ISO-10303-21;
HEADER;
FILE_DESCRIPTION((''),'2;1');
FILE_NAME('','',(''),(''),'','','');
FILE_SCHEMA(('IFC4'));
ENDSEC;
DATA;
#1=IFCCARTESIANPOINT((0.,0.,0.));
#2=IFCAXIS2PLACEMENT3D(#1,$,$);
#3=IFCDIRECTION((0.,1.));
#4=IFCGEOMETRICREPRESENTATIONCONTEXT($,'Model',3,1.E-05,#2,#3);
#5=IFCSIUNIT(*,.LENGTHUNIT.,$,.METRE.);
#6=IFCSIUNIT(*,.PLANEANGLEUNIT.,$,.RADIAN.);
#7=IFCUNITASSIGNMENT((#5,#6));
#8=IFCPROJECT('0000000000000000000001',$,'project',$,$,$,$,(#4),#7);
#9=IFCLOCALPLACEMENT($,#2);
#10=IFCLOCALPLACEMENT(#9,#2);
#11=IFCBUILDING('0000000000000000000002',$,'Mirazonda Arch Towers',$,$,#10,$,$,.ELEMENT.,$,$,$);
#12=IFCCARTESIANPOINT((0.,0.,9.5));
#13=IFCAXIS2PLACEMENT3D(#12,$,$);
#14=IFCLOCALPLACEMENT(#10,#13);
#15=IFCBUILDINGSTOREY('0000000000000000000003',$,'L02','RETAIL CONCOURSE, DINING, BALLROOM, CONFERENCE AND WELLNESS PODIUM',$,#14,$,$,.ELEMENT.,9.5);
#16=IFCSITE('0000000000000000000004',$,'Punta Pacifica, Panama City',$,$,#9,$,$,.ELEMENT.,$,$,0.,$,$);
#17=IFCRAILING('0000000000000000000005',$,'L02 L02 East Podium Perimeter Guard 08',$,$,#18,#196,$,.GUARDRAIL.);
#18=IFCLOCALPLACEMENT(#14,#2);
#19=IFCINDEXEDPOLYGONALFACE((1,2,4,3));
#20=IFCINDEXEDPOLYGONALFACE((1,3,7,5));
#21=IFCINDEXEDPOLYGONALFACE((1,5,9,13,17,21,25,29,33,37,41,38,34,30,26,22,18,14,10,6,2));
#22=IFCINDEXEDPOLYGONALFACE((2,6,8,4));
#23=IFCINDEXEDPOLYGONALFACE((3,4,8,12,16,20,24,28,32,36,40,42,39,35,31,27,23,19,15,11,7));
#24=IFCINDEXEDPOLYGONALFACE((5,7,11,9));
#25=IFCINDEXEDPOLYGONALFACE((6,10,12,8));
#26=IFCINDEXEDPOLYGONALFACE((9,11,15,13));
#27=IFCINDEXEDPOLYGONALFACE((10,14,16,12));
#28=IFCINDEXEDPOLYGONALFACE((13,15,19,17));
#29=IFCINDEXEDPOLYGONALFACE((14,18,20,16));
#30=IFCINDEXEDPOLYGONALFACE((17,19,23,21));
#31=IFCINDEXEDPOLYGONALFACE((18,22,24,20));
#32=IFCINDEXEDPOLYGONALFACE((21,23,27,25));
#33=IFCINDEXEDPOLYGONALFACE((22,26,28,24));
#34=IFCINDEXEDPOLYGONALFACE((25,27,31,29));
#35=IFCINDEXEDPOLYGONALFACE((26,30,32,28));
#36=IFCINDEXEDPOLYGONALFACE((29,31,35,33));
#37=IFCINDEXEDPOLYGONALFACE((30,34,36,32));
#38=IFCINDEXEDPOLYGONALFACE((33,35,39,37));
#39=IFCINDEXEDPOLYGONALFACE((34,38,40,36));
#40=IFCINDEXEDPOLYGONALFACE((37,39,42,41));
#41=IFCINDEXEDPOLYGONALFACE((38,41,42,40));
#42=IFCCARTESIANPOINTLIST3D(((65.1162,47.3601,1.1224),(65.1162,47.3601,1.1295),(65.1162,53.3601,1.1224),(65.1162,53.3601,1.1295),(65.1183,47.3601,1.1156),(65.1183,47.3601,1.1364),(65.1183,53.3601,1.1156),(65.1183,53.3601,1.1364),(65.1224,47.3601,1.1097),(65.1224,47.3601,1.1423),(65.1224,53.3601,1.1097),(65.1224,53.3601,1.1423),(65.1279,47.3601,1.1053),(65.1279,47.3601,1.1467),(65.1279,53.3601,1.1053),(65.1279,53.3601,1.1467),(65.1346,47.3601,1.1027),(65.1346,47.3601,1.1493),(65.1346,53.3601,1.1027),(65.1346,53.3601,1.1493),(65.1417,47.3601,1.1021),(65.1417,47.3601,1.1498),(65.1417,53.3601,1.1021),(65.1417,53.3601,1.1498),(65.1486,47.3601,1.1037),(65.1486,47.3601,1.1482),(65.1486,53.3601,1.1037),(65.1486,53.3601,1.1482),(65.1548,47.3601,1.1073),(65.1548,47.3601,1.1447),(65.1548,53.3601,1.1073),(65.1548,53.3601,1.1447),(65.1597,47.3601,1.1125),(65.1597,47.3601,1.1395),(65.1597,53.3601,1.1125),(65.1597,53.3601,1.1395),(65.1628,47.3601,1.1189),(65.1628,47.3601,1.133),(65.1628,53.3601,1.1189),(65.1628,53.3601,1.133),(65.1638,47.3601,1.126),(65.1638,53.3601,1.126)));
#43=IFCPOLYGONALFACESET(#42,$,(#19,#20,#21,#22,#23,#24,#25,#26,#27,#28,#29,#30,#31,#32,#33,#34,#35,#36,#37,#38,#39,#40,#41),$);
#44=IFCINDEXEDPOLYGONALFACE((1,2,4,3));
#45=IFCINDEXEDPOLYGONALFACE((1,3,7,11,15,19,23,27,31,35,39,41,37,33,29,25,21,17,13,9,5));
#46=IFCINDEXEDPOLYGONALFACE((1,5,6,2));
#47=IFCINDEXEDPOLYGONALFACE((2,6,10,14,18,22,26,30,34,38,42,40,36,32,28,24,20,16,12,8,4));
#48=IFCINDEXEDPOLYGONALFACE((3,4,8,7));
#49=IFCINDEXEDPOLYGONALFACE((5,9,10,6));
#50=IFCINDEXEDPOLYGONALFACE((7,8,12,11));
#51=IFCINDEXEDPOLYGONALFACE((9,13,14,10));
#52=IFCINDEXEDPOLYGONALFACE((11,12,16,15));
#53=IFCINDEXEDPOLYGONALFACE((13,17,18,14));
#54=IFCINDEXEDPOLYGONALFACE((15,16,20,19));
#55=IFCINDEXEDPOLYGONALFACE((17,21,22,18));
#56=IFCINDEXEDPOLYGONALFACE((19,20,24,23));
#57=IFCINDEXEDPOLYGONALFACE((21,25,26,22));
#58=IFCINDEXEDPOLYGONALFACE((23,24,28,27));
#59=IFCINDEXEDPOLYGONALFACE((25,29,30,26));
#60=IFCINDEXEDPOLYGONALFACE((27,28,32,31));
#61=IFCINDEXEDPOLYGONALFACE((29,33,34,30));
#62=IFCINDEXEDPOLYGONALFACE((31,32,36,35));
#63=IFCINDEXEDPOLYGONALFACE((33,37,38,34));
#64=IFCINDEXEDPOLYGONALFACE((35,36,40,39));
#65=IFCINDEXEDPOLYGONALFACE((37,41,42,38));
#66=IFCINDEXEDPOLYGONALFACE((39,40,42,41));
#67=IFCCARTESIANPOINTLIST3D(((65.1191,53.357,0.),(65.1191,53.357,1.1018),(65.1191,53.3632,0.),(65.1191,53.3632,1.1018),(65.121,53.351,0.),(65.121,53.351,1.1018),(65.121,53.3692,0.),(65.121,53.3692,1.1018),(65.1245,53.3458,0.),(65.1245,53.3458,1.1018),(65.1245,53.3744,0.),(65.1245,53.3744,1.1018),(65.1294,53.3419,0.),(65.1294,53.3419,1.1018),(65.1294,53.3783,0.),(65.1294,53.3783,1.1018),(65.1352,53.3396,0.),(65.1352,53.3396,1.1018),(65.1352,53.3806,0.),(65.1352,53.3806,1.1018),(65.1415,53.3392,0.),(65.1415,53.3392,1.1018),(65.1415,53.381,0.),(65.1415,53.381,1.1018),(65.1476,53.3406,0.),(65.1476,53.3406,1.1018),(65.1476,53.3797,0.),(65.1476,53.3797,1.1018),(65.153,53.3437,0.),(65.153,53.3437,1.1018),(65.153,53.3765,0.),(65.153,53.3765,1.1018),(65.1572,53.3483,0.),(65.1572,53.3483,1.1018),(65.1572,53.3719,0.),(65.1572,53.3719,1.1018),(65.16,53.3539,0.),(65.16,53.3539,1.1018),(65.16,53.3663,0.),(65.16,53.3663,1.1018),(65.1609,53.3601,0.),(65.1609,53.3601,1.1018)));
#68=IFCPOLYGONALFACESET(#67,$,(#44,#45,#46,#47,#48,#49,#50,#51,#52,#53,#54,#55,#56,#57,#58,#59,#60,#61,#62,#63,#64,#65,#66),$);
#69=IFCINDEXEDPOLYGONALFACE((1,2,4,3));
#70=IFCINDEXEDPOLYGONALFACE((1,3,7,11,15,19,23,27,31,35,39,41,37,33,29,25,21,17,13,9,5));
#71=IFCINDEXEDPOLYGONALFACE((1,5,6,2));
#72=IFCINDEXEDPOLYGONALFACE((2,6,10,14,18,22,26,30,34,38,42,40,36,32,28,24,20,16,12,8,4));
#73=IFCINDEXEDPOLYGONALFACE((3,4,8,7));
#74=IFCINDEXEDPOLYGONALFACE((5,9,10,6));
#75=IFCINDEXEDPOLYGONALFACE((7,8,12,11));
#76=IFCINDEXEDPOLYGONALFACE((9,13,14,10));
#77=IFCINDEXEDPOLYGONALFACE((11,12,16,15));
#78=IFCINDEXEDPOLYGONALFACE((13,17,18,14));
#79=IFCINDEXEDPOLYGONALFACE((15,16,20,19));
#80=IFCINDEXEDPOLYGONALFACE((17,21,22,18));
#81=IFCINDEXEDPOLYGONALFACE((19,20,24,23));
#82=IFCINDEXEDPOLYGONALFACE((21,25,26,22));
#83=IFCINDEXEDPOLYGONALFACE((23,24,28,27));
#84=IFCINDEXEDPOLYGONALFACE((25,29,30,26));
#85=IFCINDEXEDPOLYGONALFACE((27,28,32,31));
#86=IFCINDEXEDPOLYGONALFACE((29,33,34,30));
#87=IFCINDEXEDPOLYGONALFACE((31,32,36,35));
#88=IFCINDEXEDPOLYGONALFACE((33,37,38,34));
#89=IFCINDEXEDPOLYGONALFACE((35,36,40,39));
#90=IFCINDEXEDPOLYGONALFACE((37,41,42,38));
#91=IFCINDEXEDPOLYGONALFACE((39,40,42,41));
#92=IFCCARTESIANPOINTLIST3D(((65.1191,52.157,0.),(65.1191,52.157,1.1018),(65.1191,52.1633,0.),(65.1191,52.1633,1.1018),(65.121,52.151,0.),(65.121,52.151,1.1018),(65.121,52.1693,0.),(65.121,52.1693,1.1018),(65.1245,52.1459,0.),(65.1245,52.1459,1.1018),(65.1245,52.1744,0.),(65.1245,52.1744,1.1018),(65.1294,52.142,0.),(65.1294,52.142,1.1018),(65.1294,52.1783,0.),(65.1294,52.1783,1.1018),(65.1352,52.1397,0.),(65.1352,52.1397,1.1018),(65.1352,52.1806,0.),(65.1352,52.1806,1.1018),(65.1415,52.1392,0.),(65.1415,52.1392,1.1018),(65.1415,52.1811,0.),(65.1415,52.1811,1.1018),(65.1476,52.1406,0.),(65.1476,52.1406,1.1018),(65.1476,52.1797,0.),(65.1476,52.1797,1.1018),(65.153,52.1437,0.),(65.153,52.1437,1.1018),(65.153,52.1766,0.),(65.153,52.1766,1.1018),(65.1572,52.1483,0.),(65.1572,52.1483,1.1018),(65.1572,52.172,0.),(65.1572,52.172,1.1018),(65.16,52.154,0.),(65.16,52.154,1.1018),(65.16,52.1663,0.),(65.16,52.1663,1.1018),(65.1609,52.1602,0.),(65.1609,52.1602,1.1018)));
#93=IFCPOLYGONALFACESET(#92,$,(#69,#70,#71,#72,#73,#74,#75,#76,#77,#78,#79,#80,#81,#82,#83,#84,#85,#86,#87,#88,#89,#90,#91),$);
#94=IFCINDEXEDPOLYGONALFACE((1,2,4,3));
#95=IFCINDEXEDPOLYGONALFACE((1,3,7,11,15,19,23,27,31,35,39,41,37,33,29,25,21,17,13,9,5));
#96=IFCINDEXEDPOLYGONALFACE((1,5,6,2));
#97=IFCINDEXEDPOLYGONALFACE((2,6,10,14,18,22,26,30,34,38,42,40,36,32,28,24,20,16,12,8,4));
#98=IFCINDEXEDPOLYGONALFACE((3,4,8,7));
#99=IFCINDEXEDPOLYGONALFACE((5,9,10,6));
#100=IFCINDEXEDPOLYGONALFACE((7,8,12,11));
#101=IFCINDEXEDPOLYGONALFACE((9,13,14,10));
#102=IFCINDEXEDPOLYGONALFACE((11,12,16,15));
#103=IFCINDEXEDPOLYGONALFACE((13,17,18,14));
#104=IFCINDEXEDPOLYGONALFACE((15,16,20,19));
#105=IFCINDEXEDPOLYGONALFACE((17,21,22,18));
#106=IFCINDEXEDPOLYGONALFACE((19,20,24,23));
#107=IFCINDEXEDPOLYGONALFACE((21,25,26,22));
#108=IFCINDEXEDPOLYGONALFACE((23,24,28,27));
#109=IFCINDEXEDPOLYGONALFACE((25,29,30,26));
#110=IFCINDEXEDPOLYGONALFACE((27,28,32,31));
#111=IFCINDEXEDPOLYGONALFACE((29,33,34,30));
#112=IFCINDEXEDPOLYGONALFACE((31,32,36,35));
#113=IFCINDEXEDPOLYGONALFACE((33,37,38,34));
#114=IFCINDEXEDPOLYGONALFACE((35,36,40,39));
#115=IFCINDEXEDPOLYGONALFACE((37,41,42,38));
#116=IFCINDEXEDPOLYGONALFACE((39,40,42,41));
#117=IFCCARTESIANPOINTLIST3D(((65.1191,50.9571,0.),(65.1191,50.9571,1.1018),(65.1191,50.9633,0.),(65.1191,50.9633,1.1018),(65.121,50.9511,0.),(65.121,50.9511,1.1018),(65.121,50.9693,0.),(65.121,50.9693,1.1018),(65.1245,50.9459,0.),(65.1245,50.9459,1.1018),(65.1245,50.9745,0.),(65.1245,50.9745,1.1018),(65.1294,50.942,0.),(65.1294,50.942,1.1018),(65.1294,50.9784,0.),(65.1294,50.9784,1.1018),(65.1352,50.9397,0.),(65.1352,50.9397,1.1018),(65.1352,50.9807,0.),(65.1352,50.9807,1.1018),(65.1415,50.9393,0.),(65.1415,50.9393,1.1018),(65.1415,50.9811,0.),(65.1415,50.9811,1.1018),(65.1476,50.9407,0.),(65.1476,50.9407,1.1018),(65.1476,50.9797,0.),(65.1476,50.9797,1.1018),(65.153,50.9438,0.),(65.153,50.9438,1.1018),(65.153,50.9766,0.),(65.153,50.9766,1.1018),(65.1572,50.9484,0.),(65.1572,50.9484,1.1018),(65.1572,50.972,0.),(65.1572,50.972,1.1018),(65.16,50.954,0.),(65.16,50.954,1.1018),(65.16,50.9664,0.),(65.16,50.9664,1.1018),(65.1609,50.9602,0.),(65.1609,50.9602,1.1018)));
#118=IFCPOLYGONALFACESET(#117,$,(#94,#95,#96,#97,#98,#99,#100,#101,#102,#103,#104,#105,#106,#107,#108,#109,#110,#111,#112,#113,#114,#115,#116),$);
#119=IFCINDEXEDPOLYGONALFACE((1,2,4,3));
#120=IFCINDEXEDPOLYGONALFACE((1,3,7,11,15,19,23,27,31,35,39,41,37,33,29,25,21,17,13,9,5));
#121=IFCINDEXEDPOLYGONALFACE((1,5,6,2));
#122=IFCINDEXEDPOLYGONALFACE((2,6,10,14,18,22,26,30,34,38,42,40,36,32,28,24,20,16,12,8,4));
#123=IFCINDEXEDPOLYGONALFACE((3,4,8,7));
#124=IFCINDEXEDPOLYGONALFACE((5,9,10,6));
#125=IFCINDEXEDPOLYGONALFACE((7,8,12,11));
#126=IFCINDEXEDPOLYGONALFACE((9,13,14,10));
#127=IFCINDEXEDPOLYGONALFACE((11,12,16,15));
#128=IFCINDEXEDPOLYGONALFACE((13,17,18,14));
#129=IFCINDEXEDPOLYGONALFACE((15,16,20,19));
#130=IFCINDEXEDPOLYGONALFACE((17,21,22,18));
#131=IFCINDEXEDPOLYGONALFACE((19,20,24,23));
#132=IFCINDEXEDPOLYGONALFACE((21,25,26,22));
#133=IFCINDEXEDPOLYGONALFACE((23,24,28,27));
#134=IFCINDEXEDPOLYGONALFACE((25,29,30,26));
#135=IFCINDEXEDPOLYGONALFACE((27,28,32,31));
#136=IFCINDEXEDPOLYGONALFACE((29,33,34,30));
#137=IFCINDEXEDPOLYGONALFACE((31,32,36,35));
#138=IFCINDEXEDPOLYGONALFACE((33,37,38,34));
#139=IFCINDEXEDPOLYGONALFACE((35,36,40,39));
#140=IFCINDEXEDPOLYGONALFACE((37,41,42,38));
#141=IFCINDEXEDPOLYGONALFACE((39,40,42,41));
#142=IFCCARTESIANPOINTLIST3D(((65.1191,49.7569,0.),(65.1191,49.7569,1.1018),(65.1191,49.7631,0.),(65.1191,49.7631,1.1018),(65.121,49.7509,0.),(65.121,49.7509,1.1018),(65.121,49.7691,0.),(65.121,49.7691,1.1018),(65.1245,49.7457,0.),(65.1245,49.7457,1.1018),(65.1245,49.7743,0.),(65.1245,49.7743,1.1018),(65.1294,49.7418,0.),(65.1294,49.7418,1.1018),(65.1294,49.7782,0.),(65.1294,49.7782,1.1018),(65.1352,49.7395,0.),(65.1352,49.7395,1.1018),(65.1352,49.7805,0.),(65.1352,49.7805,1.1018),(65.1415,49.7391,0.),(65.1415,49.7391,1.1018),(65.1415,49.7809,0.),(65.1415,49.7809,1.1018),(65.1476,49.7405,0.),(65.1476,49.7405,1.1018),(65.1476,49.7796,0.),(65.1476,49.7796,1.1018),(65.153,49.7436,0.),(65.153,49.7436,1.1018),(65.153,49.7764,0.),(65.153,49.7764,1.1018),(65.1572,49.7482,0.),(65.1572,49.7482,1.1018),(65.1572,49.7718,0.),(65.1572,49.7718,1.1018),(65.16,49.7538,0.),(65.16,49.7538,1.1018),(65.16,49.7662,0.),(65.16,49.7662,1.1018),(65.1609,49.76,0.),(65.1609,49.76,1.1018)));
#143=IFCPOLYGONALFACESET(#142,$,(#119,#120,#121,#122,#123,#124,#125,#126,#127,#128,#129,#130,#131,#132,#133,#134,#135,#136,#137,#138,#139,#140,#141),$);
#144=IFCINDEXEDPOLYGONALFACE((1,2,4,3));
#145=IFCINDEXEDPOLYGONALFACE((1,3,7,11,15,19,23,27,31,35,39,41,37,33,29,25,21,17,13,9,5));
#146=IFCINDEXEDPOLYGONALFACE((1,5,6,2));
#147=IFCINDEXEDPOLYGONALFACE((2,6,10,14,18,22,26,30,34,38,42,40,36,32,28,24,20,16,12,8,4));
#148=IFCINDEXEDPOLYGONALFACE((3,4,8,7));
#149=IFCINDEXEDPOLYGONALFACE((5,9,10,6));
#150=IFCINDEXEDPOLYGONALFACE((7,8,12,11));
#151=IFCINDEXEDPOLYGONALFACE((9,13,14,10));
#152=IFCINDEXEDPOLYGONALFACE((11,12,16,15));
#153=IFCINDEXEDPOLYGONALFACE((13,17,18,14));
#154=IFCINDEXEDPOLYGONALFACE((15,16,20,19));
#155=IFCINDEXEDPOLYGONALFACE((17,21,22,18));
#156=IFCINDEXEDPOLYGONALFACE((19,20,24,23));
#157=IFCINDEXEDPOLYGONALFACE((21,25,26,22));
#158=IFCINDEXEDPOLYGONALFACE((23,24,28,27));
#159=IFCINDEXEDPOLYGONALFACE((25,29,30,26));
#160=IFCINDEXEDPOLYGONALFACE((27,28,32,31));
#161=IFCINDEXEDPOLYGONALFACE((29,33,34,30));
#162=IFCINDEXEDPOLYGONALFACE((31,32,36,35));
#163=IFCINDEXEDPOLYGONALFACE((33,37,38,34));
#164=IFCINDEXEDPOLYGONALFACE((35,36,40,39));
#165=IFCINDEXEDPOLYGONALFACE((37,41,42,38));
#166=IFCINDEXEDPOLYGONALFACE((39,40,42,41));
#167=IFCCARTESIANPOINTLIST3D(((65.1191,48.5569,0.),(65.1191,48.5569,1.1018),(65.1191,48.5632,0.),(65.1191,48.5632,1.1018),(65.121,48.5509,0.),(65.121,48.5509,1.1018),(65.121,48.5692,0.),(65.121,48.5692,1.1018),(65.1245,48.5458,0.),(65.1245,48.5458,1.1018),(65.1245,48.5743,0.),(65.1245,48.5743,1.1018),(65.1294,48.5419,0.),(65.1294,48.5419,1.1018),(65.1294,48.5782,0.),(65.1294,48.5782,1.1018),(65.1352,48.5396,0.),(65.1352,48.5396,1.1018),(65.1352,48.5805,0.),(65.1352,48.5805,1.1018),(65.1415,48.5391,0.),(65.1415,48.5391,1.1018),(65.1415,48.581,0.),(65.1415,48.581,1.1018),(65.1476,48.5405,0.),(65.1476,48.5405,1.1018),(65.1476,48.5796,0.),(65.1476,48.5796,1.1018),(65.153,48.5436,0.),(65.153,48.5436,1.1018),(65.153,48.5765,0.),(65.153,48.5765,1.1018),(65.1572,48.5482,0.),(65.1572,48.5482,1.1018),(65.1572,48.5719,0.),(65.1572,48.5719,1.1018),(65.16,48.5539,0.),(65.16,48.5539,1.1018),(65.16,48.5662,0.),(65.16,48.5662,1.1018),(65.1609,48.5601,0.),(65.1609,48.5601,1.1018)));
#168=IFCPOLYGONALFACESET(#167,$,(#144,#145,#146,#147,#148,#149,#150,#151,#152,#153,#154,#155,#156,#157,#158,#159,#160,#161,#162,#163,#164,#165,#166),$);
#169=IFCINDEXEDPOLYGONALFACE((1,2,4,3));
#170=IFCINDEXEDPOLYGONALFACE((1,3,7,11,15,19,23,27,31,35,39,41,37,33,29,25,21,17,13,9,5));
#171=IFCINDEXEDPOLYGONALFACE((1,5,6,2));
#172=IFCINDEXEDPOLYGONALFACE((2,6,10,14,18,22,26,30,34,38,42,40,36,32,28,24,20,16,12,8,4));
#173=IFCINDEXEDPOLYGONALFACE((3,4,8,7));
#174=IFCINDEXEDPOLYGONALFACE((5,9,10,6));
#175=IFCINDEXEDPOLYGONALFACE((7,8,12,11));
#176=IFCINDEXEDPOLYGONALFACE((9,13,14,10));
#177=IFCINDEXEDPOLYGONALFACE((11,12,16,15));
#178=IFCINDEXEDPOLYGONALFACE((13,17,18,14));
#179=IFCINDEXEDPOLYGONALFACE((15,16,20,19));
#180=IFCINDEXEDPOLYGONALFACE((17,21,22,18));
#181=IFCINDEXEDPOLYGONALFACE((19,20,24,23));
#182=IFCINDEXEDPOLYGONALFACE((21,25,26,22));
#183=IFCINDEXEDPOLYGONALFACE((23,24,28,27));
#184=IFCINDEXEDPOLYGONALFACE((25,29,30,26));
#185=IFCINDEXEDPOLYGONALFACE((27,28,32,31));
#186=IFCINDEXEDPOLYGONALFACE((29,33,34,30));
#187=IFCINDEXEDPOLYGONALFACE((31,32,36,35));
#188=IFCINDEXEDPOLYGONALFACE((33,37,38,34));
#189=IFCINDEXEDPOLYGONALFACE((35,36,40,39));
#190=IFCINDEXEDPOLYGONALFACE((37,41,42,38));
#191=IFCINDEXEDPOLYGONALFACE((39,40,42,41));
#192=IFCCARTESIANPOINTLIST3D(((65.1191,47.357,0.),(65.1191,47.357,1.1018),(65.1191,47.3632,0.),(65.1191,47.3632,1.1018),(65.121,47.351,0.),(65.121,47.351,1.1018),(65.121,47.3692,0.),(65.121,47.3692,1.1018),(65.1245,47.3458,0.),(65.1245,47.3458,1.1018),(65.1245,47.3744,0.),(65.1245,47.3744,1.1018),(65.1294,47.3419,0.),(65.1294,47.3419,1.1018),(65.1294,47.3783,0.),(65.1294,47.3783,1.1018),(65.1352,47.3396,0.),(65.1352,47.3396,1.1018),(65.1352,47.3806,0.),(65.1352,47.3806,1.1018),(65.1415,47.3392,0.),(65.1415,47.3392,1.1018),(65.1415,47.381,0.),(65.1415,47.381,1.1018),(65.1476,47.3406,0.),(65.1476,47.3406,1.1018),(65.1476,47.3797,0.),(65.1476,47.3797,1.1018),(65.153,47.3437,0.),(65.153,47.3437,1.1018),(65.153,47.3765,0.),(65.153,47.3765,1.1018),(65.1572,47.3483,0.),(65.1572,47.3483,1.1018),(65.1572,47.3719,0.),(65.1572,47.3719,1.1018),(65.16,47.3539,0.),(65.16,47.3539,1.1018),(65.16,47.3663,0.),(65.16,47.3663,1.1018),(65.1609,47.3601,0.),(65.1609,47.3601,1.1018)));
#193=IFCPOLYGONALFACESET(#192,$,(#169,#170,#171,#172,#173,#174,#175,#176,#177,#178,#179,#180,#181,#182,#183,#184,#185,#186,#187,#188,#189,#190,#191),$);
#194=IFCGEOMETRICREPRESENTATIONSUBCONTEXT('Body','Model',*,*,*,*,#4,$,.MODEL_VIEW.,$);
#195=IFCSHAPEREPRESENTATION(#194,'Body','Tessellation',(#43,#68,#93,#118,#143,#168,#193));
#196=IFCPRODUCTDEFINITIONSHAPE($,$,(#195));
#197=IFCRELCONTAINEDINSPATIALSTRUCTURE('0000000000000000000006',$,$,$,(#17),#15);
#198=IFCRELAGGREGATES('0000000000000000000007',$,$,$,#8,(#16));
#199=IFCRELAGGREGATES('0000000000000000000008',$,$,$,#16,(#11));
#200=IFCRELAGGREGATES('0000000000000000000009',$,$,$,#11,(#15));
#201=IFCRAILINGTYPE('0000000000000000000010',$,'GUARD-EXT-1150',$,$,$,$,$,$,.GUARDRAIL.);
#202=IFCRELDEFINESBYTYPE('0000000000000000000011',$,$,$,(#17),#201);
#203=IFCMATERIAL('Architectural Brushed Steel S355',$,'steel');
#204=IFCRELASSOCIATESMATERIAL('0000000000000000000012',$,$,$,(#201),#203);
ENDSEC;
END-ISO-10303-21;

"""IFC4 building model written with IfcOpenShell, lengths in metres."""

from ifc_helpers import new_model, si_unit, direction, frame, origin, origin_2d, place, context, subcontext, project, spatial, circle, extrude, material, type_object, element, save


model = new_model("IFC4")

# Units and contexts
model_context = context("Model", 3, precision=1e-05, world=origin(), true_north=direction((0.0, 1.0)))
body_context = subcontext(model_context, "Body", "Model", "MODEL_VIEW")
ifc_project = project(units=[si_unit("LENGTHUNIT", "METRE"), si_unit("PLANEANGLEUNIT", "RADIAN")], contexts=[model_context])

# Site, building, storey
site_placement = place(None, origin())
site = spatial("IfcSite", under=ifc_project, at=site_placement, Name="Punta Pacifica, Panama City", CompositionType="ELEMENT", RefElevation=0.0)
building_placement = place(site_placement, origin())
building = spatial("IfcBuilding", under=site, at=building_placement, Name="Mirazonda Arch Towers", CompositionType="ELEMENT")
storey_placement = place(building_placement, frame((0.0, 0.0, 9.5)))
storey = spatial("IfcBuildingStorey", under=building, at=storey_placement, Name="L02", Description="RETAIL CONCOURSE, DINING, BALLROOM, CONFERENCE AND WELLNESS PODIUM", CompositionType="ELEMENT", Elevation=9.5)

# Railing
ifc_material_1 = material(Name="Architectural Brushed Steel S355", Category="steel")
railing_type = type_object("IfcRailingType", Name="GUARD-EXT-1150", PredefinedType="GUARDRAIL", material=ifc_material_1)
railing_1_placement = place(storey_placement, frame((65.1399, 53.3601, 0.0)))
element("IfcRailing", 1, at=railing_1_placement, inside=storey, type_object=railing_type, Name="L02 L02 East Podium Perimeter Guard 08", PredefinedType="GUARDRAIL", context=body_context, shape_type="SweptSolid", body=[
    extrude(circle(Radius=0.0239, at=origin_2d()), frame((0.0, 0.0, 1.126), z_axis=(0.0, -1.0, 0.0), x_axis=(1.0, 0.0, 0.0)), (0.0, 0.0, 1.0), 6.0),
    extrude(circle(Radius=0.021, at=origin_2d()), origin(), (0.0, 0.0, 1.0), 1.1018),
    extrude(circle(Radius=0.021, at=origin_2d()), frame((0.0, -1.2, 0.0)), (0.0, 0.0, 1.0), 1.1018),
    extrude(circle(Radius=0.021, at=origin_2d()), frame((0.0, -2.3999, 0.0)), (0.0, 0.0, 1.0), 1.1018),
    extrude(circle(Radius=0.021, at=origin_2d()), frame((0.0, -3.6001, 0.0)), (0.0, 0.0, 1.0), 1.1018),
    extrude(circle(Radius=0.021, at=origin_2d()), frame((0.0, -4.8, 0.0)), (0.0, 0.0, 1.0), 1.1018),
    extrude(circle(Radius=0.021, at=origin_2d()), frame((0.0, -6.0, 0.0)), (0.0, 0.0, 1.0), 1.1018),
])

save(model, "model.ifc")
